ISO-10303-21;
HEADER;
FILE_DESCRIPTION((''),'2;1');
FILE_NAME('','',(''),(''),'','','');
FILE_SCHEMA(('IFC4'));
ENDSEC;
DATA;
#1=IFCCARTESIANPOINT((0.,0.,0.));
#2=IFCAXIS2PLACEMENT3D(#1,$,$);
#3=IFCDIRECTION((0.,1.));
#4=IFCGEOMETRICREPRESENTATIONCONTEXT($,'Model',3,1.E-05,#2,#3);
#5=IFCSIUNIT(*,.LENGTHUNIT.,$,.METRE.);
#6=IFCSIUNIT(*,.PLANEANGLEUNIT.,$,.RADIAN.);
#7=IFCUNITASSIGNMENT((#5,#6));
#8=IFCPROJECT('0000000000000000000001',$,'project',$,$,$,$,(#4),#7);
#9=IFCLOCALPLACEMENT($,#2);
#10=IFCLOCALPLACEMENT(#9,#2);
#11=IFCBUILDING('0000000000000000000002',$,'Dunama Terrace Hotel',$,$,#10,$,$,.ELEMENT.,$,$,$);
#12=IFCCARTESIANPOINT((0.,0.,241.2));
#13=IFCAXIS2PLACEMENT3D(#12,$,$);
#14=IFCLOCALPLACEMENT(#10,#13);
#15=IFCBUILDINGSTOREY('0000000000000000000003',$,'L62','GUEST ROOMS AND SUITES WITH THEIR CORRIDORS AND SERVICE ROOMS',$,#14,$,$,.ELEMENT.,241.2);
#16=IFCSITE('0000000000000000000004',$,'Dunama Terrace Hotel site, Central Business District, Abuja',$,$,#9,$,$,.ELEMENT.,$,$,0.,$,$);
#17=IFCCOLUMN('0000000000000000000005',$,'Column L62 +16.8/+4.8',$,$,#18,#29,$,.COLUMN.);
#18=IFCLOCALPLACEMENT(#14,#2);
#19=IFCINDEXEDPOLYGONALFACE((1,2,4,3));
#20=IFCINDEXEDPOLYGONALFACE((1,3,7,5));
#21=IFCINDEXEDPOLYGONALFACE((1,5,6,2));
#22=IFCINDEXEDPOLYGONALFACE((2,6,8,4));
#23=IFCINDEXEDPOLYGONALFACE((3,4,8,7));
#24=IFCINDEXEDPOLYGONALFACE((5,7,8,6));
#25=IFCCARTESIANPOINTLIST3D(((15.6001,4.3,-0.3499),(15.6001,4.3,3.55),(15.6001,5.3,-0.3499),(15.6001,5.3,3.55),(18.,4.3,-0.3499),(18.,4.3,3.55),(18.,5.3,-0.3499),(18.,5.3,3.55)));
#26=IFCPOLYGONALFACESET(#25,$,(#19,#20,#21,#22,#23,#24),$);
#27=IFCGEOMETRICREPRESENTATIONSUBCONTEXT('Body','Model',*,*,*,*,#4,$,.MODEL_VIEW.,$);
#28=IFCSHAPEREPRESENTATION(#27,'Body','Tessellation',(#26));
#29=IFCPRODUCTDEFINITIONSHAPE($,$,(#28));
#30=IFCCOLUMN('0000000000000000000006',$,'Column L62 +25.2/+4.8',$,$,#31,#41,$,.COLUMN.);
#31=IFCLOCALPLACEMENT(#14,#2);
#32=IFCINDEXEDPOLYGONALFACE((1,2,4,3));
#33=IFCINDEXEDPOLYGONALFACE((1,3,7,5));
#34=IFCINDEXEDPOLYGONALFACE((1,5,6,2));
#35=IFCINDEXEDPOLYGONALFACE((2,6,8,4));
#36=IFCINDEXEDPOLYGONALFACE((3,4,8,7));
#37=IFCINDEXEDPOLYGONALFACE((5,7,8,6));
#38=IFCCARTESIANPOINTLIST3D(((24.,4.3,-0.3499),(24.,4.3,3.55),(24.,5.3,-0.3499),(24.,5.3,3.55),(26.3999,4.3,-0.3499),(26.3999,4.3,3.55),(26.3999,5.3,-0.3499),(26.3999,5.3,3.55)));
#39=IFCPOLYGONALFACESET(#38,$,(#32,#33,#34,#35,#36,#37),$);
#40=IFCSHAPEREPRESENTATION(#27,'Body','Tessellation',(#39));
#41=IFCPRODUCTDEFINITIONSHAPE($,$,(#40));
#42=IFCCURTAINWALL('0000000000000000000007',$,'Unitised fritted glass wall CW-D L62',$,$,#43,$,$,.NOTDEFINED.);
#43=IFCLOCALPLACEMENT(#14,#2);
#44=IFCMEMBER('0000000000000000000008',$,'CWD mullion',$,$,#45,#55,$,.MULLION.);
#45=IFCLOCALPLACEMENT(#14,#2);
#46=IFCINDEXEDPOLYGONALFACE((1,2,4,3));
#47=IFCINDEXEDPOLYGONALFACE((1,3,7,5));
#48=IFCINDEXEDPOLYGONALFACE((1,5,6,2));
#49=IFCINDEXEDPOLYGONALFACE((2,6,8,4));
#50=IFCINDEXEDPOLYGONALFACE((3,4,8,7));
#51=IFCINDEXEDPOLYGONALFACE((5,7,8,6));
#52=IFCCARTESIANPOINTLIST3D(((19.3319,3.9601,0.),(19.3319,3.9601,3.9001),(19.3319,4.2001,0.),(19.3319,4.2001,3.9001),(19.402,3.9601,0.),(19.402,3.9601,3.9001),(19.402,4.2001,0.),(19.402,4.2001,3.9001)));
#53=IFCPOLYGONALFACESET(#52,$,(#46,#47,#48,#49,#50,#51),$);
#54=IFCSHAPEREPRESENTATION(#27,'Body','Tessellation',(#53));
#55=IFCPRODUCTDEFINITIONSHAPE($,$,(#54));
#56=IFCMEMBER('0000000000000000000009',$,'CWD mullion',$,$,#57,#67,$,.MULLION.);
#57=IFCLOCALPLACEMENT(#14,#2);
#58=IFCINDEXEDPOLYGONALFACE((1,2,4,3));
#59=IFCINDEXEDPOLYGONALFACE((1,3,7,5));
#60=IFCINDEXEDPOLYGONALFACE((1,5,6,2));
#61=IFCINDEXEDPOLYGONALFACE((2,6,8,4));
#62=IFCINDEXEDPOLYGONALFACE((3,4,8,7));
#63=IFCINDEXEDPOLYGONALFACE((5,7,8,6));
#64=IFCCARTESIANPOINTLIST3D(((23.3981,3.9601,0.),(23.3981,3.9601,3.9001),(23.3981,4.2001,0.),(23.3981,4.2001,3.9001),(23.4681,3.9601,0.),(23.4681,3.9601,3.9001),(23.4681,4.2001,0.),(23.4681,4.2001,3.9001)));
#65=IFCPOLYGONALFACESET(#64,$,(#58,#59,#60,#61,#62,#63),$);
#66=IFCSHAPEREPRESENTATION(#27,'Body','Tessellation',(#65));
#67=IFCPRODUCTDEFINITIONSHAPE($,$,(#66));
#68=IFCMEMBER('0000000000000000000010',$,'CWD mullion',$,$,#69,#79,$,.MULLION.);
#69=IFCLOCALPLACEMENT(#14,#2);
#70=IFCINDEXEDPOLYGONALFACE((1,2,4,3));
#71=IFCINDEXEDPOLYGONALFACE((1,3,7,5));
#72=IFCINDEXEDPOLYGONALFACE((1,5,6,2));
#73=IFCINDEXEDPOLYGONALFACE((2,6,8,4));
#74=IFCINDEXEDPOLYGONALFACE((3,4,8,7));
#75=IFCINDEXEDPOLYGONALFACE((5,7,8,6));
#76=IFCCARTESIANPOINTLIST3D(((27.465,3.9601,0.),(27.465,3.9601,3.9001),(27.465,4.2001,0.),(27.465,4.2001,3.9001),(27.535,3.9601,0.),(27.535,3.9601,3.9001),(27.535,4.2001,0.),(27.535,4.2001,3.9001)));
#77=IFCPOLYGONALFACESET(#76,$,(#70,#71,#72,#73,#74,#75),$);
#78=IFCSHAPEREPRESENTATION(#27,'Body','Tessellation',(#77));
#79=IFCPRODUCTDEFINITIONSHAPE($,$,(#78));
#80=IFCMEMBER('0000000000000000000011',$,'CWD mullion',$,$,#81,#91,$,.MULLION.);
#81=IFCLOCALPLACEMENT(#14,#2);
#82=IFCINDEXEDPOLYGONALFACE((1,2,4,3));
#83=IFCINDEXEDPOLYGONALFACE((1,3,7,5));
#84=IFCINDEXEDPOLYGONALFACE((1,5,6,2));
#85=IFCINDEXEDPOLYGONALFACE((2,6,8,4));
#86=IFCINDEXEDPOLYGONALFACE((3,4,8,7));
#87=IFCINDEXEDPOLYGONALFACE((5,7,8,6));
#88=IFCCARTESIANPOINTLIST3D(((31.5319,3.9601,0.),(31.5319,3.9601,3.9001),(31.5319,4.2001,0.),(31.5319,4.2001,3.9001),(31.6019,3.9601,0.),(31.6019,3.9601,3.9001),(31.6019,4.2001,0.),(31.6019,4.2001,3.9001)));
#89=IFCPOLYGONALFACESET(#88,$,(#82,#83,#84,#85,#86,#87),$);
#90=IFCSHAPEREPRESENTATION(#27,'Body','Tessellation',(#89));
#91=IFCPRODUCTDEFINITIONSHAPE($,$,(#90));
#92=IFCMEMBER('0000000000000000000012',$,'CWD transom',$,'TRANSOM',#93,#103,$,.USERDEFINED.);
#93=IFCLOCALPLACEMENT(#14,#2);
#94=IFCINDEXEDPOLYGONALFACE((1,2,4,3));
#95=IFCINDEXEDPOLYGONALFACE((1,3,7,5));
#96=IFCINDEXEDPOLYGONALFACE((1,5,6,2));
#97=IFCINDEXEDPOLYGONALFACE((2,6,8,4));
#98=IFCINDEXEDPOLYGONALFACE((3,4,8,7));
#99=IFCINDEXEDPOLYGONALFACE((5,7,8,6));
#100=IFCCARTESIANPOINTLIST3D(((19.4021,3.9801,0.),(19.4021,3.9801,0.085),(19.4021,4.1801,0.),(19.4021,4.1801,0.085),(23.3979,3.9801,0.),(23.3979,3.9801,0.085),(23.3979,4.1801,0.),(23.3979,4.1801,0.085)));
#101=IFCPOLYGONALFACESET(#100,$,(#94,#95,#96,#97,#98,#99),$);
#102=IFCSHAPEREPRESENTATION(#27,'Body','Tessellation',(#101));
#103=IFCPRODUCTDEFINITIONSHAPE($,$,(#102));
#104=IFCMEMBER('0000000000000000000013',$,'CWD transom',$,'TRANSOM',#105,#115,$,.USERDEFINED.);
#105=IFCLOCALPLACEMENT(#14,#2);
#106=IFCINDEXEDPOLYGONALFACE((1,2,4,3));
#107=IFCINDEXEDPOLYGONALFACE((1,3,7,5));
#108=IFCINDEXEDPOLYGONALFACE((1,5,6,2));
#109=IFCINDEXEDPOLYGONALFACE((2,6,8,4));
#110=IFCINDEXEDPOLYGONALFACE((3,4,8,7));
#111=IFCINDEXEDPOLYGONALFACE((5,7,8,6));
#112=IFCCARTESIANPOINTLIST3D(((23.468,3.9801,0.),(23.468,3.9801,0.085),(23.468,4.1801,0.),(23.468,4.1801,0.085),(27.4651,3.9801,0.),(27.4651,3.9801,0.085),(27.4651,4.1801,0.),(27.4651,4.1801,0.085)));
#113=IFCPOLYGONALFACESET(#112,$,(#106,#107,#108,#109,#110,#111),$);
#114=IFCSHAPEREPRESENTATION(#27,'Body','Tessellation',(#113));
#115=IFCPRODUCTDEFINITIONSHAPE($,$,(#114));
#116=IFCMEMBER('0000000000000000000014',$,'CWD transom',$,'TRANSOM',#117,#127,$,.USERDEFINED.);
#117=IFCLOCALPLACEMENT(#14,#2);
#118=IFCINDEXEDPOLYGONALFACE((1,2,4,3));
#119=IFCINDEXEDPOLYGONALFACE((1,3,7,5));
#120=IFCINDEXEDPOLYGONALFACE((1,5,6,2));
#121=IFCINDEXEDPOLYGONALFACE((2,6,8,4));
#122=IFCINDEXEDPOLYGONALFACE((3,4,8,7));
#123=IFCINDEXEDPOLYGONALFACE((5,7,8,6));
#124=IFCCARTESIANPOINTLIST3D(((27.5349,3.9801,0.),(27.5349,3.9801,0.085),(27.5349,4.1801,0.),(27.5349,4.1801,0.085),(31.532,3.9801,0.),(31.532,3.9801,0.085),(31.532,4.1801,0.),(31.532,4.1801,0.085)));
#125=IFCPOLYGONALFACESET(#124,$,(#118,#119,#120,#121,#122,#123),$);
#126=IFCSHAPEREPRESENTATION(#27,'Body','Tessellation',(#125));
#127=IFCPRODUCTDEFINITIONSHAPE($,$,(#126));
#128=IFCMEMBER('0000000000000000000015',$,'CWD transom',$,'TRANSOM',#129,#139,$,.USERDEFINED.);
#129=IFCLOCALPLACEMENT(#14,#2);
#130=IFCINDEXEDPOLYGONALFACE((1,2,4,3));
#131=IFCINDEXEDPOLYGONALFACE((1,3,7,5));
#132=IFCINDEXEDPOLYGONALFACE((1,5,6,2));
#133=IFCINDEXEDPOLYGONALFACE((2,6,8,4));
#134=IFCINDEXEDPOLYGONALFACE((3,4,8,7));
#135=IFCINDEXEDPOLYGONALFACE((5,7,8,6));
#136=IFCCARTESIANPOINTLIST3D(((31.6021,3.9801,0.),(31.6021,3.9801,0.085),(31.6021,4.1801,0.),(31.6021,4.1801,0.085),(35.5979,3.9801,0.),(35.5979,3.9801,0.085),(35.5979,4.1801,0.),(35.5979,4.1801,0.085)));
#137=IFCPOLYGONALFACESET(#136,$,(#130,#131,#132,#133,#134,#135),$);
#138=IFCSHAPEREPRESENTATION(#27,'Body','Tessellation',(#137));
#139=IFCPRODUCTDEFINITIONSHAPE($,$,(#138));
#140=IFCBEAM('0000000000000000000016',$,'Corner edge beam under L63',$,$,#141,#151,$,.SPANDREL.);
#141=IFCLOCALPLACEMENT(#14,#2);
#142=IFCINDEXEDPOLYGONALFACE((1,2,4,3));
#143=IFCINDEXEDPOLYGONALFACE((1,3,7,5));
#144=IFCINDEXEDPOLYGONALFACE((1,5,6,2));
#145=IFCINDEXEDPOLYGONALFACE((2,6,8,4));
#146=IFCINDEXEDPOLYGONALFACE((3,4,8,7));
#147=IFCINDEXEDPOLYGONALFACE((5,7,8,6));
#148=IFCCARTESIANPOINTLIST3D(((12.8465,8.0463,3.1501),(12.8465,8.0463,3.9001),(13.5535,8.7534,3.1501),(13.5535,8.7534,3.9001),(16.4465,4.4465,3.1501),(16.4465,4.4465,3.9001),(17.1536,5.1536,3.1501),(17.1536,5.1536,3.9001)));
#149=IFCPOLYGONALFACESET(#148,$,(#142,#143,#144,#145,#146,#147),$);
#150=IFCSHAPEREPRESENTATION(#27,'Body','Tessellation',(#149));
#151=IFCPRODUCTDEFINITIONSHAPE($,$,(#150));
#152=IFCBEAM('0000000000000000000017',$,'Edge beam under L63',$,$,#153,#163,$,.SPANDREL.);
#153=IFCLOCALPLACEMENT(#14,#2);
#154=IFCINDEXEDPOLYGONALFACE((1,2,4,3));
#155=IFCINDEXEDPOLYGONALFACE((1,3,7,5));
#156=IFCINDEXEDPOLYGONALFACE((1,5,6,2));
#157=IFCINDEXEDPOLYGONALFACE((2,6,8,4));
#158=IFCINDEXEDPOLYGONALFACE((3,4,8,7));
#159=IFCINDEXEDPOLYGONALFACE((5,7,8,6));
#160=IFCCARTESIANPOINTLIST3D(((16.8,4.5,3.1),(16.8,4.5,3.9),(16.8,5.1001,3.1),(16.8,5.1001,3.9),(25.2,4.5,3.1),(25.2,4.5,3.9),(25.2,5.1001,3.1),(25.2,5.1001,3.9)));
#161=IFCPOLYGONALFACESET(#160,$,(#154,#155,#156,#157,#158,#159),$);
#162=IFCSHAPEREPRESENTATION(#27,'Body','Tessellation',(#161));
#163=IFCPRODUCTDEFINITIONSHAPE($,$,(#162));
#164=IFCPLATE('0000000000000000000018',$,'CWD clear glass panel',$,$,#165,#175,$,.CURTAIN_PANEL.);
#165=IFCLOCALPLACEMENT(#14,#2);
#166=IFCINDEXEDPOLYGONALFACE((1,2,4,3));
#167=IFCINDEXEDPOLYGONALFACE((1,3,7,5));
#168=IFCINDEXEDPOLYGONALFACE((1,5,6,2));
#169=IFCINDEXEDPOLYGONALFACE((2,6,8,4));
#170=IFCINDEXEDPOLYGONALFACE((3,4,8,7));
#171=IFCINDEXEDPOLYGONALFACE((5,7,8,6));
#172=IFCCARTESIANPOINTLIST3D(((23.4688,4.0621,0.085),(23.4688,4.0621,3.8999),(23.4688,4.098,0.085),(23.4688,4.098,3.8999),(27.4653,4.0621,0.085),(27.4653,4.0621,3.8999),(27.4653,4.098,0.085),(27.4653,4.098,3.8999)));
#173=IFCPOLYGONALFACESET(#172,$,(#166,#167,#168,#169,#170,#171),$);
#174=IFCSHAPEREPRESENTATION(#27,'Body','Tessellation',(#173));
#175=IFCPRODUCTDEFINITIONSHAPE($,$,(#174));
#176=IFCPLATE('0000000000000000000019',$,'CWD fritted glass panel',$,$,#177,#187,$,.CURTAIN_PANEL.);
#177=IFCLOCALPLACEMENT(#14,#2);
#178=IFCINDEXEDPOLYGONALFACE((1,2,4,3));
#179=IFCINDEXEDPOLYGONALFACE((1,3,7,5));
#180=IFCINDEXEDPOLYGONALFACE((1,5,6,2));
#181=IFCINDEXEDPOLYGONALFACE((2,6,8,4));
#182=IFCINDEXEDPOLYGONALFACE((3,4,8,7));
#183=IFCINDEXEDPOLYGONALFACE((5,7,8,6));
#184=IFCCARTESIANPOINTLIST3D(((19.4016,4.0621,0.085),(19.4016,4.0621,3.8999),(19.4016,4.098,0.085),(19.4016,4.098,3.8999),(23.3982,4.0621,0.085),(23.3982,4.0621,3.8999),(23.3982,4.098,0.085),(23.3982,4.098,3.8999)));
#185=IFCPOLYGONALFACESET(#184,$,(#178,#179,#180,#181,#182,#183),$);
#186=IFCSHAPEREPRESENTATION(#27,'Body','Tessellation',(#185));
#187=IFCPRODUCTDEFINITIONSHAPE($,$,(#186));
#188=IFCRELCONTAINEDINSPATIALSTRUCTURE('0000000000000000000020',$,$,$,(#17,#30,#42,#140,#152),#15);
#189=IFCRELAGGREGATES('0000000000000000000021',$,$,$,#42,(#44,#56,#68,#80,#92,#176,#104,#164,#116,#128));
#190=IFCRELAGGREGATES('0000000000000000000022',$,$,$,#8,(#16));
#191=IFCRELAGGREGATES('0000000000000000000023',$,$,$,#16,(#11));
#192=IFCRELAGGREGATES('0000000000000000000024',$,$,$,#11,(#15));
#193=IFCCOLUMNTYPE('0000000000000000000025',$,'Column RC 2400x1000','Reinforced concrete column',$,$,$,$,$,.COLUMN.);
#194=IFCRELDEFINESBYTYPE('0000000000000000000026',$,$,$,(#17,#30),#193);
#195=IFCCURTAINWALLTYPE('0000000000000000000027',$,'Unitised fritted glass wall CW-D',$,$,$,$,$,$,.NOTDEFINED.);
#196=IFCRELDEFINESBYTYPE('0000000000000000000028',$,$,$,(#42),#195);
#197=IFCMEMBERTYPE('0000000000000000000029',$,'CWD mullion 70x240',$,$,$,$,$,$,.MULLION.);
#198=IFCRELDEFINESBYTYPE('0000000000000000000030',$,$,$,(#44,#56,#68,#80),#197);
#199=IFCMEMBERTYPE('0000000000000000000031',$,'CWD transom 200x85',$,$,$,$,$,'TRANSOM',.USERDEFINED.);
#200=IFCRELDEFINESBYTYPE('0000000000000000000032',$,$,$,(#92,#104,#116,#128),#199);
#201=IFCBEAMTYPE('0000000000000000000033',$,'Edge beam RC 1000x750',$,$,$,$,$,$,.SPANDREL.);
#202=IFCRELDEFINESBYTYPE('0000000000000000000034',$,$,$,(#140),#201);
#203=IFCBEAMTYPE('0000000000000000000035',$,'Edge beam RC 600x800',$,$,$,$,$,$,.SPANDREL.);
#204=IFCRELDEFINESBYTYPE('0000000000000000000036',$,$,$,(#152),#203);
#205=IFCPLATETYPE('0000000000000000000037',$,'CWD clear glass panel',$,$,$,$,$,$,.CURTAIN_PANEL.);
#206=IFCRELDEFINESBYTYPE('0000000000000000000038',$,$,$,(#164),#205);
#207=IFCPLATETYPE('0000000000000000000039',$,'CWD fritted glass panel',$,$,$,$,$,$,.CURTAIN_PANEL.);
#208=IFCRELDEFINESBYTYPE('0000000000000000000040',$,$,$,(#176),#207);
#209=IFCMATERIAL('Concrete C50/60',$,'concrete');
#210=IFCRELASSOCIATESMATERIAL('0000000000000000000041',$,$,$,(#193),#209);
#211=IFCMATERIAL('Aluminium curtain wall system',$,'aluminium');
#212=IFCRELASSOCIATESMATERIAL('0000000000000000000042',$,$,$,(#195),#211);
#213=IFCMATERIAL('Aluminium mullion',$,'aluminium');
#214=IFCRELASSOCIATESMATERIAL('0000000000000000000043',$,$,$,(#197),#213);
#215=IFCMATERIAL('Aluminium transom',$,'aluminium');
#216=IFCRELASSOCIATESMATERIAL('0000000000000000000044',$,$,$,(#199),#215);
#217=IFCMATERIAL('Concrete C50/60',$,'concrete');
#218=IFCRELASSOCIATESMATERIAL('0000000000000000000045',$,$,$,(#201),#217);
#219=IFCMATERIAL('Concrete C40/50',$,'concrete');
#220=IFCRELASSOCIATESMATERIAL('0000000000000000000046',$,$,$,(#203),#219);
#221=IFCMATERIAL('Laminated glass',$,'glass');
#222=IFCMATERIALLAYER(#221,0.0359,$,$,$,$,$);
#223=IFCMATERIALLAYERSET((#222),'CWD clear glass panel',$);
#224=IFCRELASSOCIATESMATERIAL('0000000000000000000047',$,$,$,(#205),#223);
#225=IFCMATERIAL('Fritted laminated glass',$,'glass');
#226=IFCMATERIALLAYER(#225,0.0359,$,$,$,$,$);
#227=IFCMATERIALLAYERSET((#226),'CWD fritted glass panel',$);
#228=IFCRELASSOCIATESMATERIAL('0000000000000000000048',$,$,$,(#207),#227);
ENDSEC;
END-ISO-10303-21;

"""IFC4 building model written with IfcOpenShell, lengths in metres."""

from ifc_helpers import new_model, si_unit, direction, frame, origin, origin_2d, place, context, subcontext, project, spatial, rectangle, extrude, material, layer, layer_set, material_profile, profile_set, type_object, element, aggregate, save


model = new_model("IFC4")

# Units and contexts
model_context = context("Model", 3, precision=1e-05, world=origin(), true_north=direction((0.0, 1.0)))
body_context = subcontext(model_context, "Body", "Model", "MODEL_VIEW")
ifc_project = project(units=[si_unit("LENGTHUNIT", "METRE"), si_unit("PLANEANGLEUNIT", "RADIAN")], contexts=[model_context])

# Site, building, storey
site_placement = place(None, origin())
site = spatial("IfcSite", under=ifc_project, at=site_placement, Name="Dunama Terrace Hotel site, Central Business District, Abuja", CompositionType="ELEMENT", RefElevation=0.0)
building_placement = place(site_placement, origin())
building = spatial("IfcBuilding", under=site, at=building_placement, Name="Dunama Terrace Hotel", CompositionType="ELEMENT")
storey_placement = place(building_placement, frame((0.0, 0.0, 241.2)))
storey = spatial("IfcBuildingStorey", under=building, at=storey_placement, Name="L62", Description="GUEST ROOMS AND SUITES WITH THEIR CORRIDORS AND SERVICE ROOMS", CompositionType="ELEMENT", Elevation=241.2)

# Columns
ifc_material_1 = material(Name="Concrete C50/60", Category="concrete")
ifc_material_profile_1 = material_profile(ifc_material_1, rectangle(XDim=2.3999, YDim=1.0, at=origin_2d()), Name="RC 2400x1000")
ifc_profile_set_1 = profile_set([ifc_material_profile_1], Name="Concrete C50/60")
column_type = type_object("IfcColumnType", Name="Column RC 2400x1000", Description="Reinforced concrete column", PredefinedType="COLUMN", material=ifc_profile_set_1)
for number, where, z_axis, x_axis, name in (
    (1, (16.8, 4.8, -0.3499), (0.0, 0.0, 1.0), (1.0, 0.0, 0.0), "Column L62 +16.8/+4.8"),
    (2, (25.2, 4.8, -0.3499), (0.0, 0.0, 1.0), (1.0, 0.0, 0.0), "Column L62 +25.2/+4.8"),
):
    element("IfcColumn", number, at=place(storey_placement, frame(where, z_axis=z_axis, x_axis=x_axis)), inside=storey, type_object=column_type, Name=name, PredefinedType="COLUMN", context=body_context, shape_type="SweptSolid", body=[
        extrude(rectangle(XDim=2.3999, YDim=1.0, at=origin_2d()), origin(), (0.0, 0.0, 1.0), 3.8999),
    ])

# Curtain wall, members
ifc_material_2 = material(Name="Aluminium curtain wall system", Category="aluminium")
curtain_wall_type = type_object("IfcCurtainWallType", Name="Unitised fritted glass wall CW-D", PredefinedType="NOTDEFINED", material=ifc_material_2)
curtain_wall_placement = place(storey_placement, origin())
curtain_wall = element("IfcCurtainWall", 3, at=curtain_wall_placement, inside=storey, type_object=curtain_wall_type, Name="Unitised fritted glass wall CW-D L62", PredefinedType="NOTDEFINED")
ifc_material_3 = material(Name="Aluminium mullion", Category="aluminium")
ifc_material_profile_2 = material_profile(ifc_material_3, rectangle(XDim=0.0701, YDim=0.24, at=origin_2d()), Name="CWD MULLION 70X240")
ifc_profile_set_2 = profile_set([ifc_material_profile_2], Name="Aluminium mullion")
member_type_1 = type_object("IfcMemberType", Name="CWD mullion 70x240", PredefinedType="MULLION", material=ifc_profile_set_2)
member_1_placement = place(storey_placement, frame((19.3669, 4.0801, 0.0), z_axis=(0.0, 0.0, 1.0), x_axis=(1.0, 0.0, 0.0)))
member_1 = element("IfcMember", 4, at=member_1_placement, type_object=member_type_1, Name="CWD mullion", PredefinedType="MULLION", context=body_context, shape_type="SweptSolid", body=[
    extrude(rectangle(XDim=0.0701, YDim=0.24, at=origin_2d()), origin(), (0.0, 0.0, 1.0), 3.9001),
])
member_2_placement = place(storey_placement, frame((23.4331, 4.0801, 0.0), z_axis=(0.0, 0.0, 1.0), x_axis=(1.0, 0.0, 0.0)))
member_2 = element("IfcMember", 5, at=member_2_placement, type_object=member_type_1, Name="CWD mullion", PredefinedType="MULLION", context=body_context, shape_type="SweptSolid", body=[
    extrude(rectangle(XDim=0.0701, YDim=0.24, at=origin_2d()), origin(), (0.0, 0.0, 1.0), 3.9001),
])
member_3_placement = place(storey_placement, frame((27.5, 4.0801, 0.0), z_axis=(0.0, 0.0, 1.0), x_axis=(1.0, 0.0, 0.0)))
member_3 = element("IfcMember", 6, at=member_3_placement, type_object=member_type_1, Name="CWD mullion", PredefinedType="MULLION", context=body_context, shape_type="SweptSolid", body=[
    extrude(rectangle(XDim=0.0701, YDim=0.24, at=origin_2d()), origin(), (0.0, 0.0, 1.0), 3.9001),
])
member_4_placement = place(storey_placement, frame((31.5669, 4.0801, 0.0), z_axis=(0.0, 0.0, 1.0), x_axis=(1.0, 0.0, 0.0)))
member_4 = element("IfcMember", 7, at=member_4_placement, type_object=member_type_1, Name="CWD mullion", PredefinedType="MULLION", context=body_context, shape_type="SweptSolid", body=[
    extrude(rectangle(XDim=0.0701, YDim=0.24, at=origin_2d()), origin(), (0.0, 0.0, 1.0), 3.9001),
])
ifc_material_4 = material(Name="Aluminium transom", Category="aluminium")
ifc_material_profile_3 = material_profile(ifc_material_4, rectangle(XDim=0.2, YDim=0.085, at=origin_2d()), Name="CWD TRANSOM 200X85")
ifc_profile_set_3 = profile_set([ifc_material_profile_3], Name="Aluminium transom")
member_type_2 = type_object("IfcMemberType", Name="CWD transom 200x85", ElementType="TRANSOM", PredefinedType="USERDEFINED", material=ifc_profile_set_3)
member_5_placement = place(storey_placement, frame((19.4021, 4.0801, 0.0425), z_axis=(1.0, 0.0, 0.0), x_axis=(0.0, 1.0, 0.0)))
member_5 = element("IfcMember", 8, at=member_5_placement, type_object=member_type_2, Name="CWD transom", ObjectType="TRANSOM", PredefinedType="USERDEFINED", context=body_context, shape_type="SweptSolid", body=[
    extrude(rectangle(XDim=0.2, YDim=0.085, at=origin_2d()), origin(), (0.0, 0.0, 1.0), 3.9958),
])
member_6_placement = place(storey_placement, frame((23.468, 4.0801, 0.0425), z_axis=(1.0, 0.0, 0.0), x_axis=(0.0, 1.0, 0.0)))
member_6 = element("IfcMember", 9, at=member_6_placement, type_object=member_type_2, Name="CWD transom", ObjectType="TRANSOM", PredefinedType="USERDEFINED", context=body_context, shape_type="SweptSolid", body=[
    extrude(rectangle(XDim=0.2, YDim=0.085, at=origin_2d()), origin(), (0.0, 0.0, 1.0), 3.9971),
])
member_7_placement = place(storey_placement, frame((27.5349, 4.0801, 0.0425), z_axis=(1.0, 0.0, 0.0), x_axis=(0.0, 1.0, 0.0)))
member_7 = element("IfcMember", 10, at=member_7_placement, type_object=member_type_2, Name="CWD transom", ObjectType="TRANSOM", PredefinedType="USERDEFINED", context=body_context, shape_type="SweptSolid", body=[
    extrude(rectangle(XDim=0.2, YDim=0.085, at=origin_2d()), origin(), (0.0, 0.0, 1.0), 3.9971),
])
member_8_placement = place(storey_placement, frame((31.6021, 4.0801, 0.0425), z_axis=(1.0, 0.0, 0.0), x_axis=(0.0, 1.0, 0.0)))
member_8 = element("IfcMember", 11, at=member_8_placement, type_object=member_type_2, Name="CWD transom", ObjectType="TRANSOM", PredefinedType="USERDEFINED", context=body_context, shape_type="SweptSolid", body=[
    extrude(rectangle(XDim=0.2, YDim=0.085, at=origin_2d()), origin(), (0.0, 0.0, 1.0), 3.9958),
])

# Beams
ifc_material_5 = material(Name="Concrete C50/60", Category="concrete")
ifc_material_profile_4 = material_profile(ifc_material_5, rectangle(XDim=1.0, YDim=0.75, at=origin_2d()), Name="RC 1000x750")
ifc_profile_set_4 = profile_set([ifc_material_profile_4], Name="Concrete C50/60")
beam_type_1 = type_object("IfcBeamType", Name="Edge beam RC 1000x750", PredefinedType="SPANDREL", material=ifc_profile_set_4)
beam_1_placement = place(storey_placement, frame((16.8, 4.8, 3.5251), z_axis=(-0.707131, 0.707083, 0.0), x_axis=(-0.707083, -0.707131, 0.0)))
element("IfcBeam", 12, at=beam_1_placement, inside=storey, type_object=beam_type_1, Name="Corner edge beam under L63", PredefinedType="SPANDREL", context=body_context, shape_type="SweptSolid", body=[
    extrude(rectangle(XDim=1.0, YDim=0.75, at=origin_2d()), origin(), (0.0, 0.0, 1.0), 5.0911),
])
ifc_material_6 = material(Name="Concrete C40/50", Category="concrete")
ifc_material_profile_5 = material_profile(ifc_material_6, rectangle(XDim=0.6001, YDim=0.8, at=origin_2d()), Name="RC 600x800")
ifc_profile_set_5 = profile_set([ifc_material_profile_5], Name="Concrete C40/50")
beam_type_2 = type_object("IfcBeamType", Name="Edge beam RC 600x800", PredefinedType="SPANDREL", material=ifc_profile_set_5)
beam_2_placement = place(storey_placement, frame((16.8, 4.8, 3.5), z_axis=(1.0, 0.0, 0.0), x_axis=(0.0, 1.0, 0.0)))
element("IfcBeam", 13, at=beam_2_placement, inside=storey, type_object=beam_type_2, Name="Edge beam under L63", PredefinedType="SPANDREL", context=body_context, shape_type="SweptSolid", body=[
    extrude(rectangle(XDim=0.6001, YDim=0.8, at=origin_2d()), origin(), (0.0, 0.0, 1.0), 8.3999),
])

# Plates
ifc_material_7 = material(Name="Laminated glass", Category="glass")
ifc_layer_1 = layer(ifc_material_7, 0.0359)
ifc_layer_set_1 = layer_set([ifc_layer_1], Name="CWD clear glass panel")
plate_type_1 = type_object("IfcPlateType", Name="CWD clear glass panel", PredefinedType="CURTAIN_PANEL", material=ifc_layer_set_1)
plate_1_placement = place(storey_placement, frame((25.467, 4.0801, 0.085), z_axis=(0.0, 0.0, 1.0), x_axis=(1.0, 0.0, 0.0)))
plate_1 = element("IfcPlate", 14, at=plate_1_placement, type_object=plate_type_1, Name="CWD clear glass panel", PredefinedType="CURTAIN_PANEL", context=body_context, shape_type="SweptSolid", body=[
    extrude(rectangle(XDim=3.9966, YDim=0.0359, at=origin_2d()), origin(), (0.0, 0.0, 1.0), 3.8149),
])
ifc_material_8 = material(Name="Fritted laminated glass", Category="glass")
ifc_layer_2 = layer(ifc_material_8, 0.0359)
ifc_layer_set_2 = layer_set([ifc_layer_2], Name="CWD fritted glass panel")
plate_type_2 = type_object("IfcPlateType", Name="CWD fritted glass panel", PredefinedType="CURTAIN_PANEL", material=ifc_layer_set_2)
plate_2_placement = place(storey_placement, frame((21.3999, 4.0801, 0.085), z_axis=(0.0, 0.0, 1.0), x_axis=(1.0, 0.0, 0.0)))
plate_2 = element("IfcPlate", 15, at=plate_2_placement, type_object=plate_type_2, Name="CWD fritted glass panel", PredefinedType="CURTAIN_PANEL", context=body_context, shape_type="SweptSolid", body=[
    extrude(rectangle(XDim=3.9966, YDim=0.0359, at=origin_2d()), origin(), (0.0, 0.0, 1.0), 3.8149),
])
aggregate(curtain_wall, [member_1, member_2, member_3, member_4, member_5, plate_2, member_6, plate_1, member_7, member_8])

save(model, "model.ifc")
